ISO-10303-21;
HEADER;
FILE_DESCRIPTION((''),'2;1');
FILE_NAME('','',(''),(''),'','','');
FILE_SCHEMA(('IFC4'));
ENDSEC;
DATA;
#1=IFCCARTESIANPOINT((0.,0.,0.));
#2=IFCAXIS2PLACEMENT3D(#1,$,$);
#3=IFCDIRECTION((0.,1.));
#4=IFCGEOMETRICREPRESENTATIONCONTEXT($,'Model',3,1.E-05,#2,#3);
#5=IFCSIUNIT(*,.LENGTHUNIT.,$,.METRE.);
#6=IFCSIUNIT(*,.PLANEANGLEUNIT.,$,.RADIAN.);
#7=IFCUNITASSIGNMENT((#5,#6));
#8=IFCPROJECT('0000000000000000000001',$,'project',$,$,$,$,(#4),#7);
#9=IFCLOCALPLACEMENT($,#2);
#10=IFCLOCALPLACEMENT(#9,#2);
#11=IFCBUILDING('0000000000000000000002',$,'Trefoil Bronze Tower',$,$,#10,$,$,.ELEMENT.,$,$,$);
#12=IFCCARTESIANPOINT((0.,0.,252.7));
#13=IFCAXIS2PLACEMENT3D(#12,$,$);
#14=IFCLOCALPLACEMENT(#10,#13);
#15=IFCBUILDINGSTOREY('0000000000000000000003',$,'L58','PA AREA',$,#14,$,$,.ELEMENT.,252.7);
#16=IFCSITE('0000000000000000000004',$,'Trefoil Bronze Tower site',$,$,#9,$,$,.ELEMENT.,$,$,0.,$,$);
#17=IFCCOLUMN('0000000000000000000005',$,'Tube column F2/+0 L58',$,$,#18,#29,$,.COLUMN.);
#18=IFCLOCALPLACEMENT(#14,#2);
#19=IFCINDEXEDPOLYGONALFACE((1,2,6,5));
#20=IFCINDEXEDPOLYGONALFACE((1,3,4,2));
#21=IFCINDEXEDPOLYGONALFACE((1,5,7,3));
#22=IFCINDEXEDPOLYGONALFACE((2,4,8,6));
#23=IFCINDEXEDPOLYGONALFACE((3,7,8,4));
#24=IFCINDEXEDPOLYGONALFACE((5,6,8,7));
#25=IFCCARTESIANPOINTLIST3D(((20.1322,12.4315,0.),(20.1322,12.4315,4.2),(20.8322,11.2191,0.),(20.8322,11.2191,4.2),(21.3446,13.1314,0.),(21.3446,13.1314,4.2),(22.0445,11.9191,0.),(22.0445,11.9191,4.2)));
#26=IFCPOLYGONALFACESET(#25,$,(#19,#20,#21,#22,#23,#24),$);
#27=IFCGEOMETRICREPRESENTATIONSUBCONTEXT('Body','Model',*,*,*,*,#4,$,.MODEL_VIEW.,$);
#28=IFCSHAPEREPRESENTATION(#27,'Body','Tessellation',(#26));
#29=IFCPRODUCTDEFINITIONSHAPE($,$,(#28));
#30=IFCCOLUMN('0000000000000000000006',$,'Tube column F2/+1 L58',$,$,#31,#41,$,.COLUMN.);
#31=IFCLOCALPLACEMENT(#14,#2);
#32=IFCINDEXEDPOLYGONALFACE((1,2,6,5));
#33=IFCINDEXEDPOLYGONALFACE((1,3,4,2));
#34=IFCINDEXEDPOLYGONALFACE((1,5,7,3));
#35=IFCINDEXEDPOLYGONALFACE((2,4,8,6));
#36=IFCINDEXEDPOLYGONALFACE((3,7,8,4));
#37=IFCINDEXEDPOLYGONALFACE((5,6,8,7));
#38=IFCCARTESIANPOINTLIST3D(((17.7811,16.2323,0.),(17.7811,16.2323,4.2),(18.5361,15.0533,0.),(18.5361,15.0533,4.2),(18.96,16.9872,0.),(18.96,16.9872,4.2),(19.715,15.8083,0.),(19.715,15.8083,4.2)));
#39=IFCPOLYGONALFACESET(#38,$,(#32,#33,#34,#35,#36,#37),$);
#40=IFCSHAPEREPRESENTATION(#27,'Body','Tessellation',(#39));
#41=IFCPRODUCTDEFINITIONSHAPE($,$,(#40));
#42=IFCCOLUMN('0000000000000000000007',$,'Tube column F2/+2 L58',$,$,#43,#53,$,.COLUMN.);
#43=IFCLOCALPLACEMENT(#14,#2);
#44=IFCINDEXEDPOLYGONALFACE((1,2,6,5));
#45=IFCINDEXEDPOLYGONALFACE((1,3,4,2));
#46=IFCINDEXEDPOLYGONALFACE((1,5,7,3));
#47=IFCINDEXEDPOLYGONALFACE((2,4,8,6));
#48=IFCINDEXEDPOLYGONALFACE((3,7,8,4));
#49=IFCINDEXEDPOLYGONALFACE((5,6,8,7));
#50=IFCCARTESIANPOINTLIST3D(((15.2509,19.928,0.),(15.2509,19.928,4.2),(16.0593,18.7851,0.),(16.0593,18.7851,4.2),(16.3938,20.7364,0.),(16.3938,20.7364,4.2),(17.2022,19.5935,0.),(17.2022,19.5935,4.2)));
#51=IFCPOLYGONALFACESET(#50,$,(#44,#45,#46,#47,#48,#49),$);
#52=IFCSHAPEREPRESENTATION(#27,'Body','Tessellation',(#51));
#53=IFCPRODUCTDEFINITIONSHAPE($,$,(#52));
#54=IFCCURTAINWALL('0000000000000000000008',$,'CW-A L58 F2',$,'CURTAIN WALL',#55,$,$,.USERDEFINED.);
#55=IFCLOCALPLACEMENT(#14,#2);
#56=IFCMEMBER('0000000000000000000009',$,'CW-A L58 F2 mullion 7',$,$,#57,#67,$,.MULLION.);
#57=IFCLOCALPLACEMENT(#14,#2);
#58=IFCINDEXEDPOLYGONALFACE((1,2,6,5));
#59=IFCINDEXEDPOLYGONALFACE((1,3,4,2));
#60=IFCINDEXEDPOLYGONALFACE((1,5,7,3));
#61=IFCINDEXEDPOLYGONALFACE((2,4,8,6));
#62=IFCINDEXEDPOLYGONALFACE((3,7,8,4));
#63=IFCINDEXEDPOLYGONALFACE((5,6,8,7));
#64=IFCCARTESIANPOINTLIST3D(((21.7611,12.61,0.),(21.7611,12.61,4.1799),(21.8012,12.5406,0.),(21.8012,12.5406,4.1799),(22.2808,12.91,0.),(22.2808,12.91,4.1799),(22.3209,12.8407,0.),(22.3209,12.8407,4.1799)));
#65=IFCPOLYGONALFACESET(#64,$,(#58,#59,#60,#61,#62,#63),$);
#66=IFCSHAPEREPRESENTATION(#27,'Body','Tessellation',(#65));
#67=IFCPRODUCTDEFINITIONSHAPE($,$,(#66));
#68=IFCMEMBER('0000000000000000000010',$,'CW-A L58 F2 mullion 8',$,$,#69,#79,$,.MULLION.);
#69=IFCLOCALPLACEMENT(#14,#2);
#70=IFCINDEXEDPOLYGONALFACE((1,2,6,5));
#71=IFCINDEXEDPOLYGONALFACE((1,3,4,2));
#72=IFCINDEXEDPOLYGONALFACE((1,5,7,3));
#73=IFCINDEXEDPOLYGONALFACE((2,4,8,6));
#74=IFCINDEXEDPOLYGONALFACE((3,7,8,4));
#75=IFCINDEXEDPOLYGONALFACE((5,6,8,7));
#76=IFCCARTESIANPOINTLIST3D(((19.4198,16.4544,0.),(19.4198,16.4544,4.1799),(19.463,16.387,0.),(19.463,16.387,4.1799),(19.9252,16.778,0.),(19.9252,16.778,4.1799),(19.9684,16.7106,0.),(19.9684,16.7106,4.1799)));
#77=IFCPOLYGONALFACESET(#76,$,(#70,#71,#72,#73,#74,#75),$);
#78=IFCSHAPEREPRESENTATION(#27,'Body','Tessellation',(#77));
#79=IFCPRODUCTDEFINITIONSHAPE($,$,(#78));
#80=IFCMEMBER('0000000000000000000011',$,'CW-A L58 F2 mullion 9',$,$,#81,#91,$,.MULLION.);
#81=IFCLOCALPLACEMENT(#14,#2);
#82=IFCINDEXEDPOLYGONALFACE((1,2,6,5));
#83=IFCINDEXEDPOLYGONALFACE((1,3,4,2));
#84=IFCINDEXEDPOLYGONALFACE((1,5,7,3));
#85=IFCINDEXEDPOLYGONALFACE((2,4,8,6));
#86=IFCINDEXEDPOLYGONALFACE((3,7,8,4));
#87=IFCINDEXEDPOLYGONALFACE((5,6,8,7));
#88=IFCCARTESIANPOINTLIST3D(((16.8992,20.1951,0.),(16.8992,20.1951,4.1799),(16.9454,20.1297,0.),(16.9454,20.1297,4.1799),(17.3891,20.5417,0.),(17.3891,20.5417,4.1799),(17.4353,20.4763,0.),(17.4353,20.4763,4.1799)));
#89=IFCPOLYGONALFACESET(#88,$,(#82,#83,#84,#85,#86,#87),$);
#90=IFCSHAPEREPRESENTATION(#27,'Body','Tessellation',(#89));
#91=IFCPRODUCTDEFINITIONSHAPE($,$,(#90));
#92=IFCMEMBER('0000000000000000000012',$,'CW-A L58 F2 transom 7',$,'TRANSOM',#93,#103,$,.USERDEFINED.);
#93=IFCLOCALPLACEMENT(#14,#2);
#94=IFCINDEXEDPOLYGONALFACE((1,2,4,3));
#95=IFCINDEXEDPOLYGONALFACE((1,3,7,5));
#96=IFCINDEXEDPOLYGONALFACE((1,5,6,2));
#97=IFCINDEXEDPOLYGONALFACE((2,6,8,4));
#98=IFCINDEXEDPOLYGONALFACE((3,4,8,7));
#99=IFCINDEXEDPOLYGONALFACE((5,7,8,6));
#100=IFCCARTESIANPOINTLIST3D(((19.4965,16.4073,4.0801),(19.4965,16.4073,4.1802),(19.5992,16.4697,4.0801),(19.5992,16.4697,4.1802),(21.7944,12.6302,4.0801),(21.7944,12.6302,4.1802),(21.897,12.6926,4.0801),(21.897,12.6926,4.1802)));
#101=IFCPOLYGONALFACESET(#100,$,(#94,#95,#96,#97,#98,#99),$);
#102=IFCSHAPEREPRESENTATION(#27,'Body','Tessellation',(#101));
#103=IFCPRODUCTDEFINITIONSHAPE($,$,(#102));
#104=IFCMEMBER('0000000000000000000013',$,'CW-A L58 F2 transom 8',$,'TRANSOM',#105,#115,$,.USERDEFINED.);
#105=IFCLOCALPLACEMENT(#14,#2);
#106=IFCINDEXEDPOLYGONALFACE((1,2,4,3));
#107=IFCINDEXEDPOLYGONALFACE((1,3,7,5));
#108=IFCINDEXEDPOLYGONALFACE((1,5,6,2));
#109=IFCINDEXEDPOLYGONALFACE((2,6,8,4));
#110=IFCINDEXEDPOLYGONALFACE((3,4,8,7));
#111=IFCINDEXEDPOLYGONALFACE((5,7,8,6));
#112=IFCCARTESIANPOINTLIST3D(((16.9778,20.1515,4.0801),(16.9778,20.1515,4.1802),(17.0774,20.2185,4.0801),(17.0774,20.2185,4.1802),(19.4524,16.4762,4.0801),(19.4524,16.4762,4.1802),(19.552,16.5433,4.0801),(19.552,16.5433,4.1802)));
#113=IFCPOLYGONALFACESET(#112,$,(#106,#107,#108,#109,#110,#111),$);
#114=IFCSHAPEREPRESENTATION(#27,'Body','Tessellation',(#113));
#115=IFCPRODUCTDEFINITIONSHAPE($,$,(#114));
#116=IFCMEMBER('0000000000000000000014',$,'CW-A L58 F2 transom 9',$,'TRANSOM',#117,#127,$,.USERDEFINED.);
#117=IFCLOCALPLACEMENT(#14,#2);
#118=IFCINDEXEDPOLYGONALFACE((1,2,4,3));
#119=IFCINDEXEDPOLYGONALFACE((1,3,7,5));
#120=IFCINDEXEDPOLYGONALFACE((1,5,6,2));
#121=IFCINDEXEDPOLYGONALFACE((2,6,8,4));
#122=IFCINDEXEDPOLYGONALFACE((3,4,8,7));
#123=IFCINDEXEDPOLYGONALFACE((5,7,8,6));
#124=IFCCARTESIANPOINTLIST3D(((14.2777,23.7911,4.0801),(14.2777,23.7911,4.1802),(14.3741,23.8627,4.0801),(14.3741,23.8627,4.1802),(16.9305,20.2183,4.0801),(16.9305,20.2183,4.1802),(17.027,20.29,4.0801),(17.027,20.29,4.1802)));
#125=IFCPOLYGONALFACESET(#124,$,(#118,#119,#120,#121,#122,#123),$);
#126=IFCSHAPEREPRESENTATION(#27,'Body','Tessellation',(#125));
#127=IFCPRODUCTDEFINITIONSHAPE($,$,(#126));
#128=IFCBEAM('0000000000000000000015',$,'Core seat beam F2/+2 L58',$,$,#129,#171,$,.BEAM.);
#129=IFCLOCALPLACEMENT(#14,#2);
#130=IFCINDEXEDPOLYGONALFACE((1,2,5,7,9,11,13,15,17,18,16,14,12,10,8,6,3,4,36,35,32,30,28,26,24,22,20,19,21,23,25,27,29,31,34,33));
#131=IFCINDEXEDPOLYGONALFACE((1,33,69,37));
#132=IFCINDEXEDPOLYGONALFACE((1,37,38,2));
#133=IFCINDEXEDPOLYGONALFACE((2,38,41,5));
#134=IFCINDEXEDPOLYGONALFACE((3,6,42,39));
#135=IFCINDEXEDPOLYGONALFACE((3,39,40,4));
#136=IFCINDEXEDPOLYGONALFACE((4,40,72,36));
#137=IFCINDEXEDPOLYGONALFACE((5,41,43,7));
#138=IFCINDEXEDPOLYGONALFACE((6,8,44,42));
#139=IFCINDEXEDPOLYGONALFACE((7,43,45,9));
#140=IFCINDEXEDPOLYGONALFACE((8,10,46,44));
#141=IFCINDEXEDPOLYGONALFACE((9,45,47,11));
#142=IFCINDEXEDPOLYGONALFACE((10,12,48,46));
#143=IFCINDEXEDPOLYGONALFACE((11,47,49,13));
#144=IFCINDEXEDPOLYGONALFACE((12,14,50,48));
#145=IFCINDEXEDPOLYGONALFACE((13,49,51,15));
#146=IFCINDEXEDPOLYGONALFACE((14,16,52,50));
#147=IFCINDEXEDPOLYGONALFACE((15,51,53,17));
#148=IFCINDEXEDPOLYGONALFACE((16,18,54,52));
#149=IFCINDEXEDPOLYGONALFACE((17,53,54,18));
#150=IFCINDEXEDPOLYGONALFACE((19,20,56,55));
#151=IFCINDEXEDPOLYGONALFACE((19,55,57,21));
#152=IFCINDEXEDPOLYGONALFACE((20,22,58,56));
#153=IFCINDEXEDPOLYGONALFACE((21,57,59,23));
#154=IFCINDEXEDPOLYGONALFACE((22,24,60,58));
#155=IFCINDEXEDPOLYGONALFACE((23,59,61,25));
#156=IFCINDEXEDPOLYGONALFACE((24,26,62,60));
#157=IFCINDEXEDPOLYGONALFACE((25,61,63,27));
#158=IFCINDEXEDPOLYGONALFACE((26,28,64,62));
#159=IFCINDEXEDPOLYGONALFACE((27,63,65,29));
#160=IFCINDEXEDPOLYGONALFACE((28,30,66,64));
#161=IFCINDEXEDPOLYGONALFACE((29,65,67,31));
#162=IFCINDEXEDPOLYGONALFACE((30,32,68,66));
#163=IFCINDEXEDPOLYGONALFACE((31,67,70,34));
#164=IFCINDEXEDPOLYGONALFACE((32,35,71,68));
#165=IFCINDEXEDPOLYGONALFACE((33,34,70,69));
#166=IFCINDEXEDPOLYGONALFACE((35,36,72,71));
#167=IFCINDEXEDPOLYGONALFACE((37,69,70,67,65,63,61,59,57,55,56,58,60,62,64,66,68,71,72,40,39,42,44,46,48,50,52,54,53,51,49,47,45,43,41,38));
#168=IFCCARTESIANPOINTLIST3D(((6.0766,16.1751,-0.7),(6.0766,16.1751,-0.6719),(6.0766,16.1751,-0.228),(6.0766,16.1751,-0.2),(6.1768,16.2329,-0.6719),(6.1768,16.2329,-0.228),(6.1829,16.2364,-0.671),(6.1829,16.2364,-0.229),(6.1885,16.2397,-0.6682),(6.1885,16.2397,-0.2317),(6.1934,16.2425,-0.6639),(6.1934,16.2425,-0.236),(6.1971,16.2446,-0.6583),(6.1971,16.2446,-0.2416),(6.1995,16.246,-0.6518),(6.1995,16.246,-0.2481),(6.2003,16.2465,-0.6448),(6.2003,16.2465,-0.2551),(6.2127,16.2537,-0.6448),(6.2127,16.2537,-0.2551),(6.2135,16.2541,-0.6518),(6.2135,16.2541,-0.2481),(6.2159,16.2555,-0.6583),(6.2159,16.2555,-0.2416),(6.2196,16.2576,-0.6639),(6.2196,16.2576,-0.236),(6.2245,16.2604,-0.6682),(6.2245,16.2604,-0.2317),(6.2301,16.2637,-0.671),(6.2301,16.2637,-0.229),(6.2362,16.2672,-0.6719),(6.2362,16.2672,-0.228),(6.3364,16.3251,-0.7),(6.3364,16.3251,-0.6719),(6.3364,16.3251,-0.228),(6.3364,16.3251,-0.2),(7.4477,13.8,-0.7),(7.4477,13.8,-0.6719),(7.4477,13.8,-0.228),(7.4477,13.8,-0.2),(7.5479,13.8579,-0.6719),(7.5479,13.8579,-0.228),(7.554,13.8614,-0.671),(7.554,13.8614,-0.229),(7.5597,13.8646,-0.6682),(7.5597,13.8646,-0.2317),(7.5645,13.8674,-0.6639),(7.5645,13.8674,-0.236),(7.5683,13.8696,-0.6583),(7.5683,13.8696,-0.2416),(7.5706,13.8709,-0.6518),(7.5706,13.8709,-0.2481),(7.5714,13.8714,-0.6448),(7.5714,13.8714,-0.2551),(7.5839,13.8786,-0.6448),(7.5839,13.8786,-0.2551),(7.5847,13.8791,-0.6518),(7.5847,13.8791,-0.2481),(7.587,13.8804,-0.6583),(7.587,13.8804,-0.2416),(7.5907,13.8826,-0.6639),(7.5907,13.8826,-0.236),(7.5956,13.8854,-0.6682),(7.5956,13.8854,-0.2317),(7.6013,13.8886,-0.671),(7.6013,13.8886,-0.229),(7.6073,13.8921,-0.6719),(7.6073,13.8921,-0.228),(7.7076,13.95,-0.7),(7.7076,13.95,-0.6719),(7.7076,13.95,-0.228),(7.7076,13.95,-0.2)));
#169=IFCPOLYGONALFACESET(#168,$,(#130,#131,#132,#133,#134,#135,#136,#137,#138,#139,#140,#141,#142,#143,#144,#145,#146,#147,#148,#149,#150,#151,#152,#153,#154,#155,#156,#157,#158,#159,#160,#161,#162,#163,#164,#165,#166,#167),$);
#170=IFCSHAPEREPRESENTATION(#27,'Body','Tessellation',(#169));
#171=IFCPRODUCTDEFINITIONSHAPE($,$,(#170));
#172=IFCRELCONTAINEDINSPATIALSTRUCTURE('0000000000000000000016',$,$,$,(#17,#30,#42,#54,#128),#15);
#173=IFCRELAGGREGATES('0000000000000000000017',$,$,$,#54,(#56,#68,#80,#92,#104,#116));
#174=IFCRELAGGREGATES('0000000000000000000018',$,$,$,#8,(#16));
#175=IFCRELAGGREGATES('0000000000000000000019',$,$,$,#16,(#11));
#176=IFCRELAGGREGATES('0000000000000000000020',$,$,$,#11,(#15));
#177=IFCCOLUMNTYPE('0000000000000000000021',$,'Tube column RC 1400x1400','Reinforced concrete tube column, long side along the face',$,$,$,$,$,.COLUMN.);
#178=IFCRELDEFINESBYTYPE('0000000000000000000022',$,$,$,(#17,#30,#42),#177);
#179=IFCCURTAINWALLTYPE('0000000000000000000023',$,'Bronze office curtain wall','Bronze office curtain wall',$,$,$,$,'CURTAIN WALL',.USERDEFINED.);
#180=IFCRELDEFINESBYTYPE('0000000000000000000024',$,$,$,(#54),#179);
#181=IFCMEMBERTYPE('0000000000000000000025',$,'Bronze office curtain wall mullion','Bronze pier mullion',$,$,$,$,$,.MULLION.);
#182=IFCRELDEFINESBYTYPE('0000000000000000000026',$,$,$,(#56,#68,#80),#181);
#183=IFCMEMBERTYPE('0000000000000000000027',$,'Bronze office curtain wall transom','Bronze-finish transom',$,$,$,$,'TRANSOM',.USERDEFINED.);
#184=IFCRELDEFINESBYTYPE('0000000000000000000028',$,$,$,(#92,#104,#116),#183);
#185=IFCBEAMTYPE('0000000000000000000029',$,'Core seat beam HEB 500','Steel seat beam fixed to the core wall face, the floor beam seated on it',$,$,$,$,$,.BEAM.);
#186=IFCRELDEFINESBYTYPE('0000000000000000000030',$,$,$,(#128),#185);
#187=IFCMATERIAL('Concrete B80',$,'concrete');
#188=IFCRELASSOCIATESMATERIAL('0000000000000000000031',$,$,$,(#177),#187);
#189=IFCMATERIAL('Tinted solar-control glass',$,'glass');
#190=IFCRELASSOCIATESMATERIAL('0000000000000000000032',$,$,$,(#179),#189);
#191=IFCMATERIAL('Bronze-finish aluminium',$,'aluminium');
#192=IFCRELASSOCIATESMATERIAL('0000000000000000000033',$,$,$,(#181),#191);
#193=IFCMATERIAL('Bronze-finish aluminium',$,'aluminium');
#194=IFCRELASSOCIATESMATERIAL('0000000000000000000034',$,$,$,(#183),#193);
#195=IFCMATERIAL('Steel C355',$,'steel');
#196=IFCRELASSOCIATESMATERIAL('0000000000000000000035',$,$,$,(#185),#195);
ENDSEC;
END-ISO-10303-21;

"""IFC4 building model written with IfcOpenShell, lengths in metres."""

from ifc_helpers import new_model, si_unit, direction, frame, origin, origin_2d, place, context, subcontext, project, spatial, rectangle, i_section, extrude, material, material_profile, profile_set, type_object, element, aggregate, save


model = new_model("IFC4")

# Units and contexts
model_context = context("Model", 3, precision=1e-05, world=origin(), true_north=direction((0.0, 1.0)))
body_context = subcontext(model_context, "Body", "Model", "MODEL_VIEW")
ifc_project = project(units=[si_unit("LENGTHUNIT", "METRE"), si_unit("PLANEANGLEUNIT", "RADIAN")], contexts=[model_context])

# Site, building, storey
site_placement = place(None, origin())
site = spatial("IfcSite", under=ifc_project, at=site_placement, Name="Trefoil Bronze Tower site", CompositionType="ELEMENT", RefElevation=0.0)
building_placement = place(site_placement, origin())
building = spatial("IfcBuilding", under=site, at=building_placement, Name="Trefoil Bronze Tower", CompositionType="ELEMENT")
storey_placement = place(building_placement, frame((0.0, 0.0, 252.7)))
storey = spatial("IfcBuildingStorey", under=building, at=storey_placement, Name="L58", Description="PA AREA", CompositionType="ELEMENT", Elevation=252.7)

# Columns
ifc_material_1 = material(Name="Concrete B80", Category="concrete")
ifc_material_profile_1 = material_profile(ifc_material_1, rectangle(XDim=1.3999, YDim=1.3999, at=origin_2d()), Name="RC 1400x1400")
ifc_profile_set_1 = profile_set([ifc_material_profile_1], Name="Concrete B80")
column_type = type_object("IfcColumnType", Name="Tube column RC 1400x1400", Description="Reinforced concrete tube column, long side along the face", PredefinedType="COLUMN", material=ifc_profile_set_1)
for number, where, z_axis, x_axis, name in (
    (1, (21.0884, 12.1753, 0.0), (0.0, 0.0, 1.0), (-0.5, 0.866025, 0.0), "Tube column F2/+0 L58"),
    (2, (18.748, 16.0203, 0.0), (0.0, 0.0, 1.0), (-0.53927, 0.842133, 0.0), "Tube column F2/+1 L58"),
    (3, (16.2266, 19.7607, 0.0), (0.0, 0.0, 1.0), (-0.577481, 0.816404, 0.0), "Tube column F2/+2 L58"),
):
    element("IfcColumn", number, at=place(storey_placement, frame(where, z_axis=z_axis, x_axis=x_axis)), inside=storey, type_object=column_type, Name=name, PredefinedType="COLUMN", context=body_context, shape_type="SweptSolid", body=[
        extrude(rectangle(XDim=1.3999, YDim=1.3999, at=origin_2d()), origin(), (0.0, 0.0, 1.0), 4.2),
    ])

# Curtain wall, members
ifc_material_2 = material(Name="Tinted solar-control glass", Category="glass")
curtain_wall_type = type_object("IfcCurtainWallType", Name="Bronze office curtain wall", Description="Bronze office curtain wall", ElementType="CURTAIN WALL", PredefinedType="USERDEFINED", material=ifc_material_2)
curtain_wall_placement = place(storey_placement, origin())
curtain_wall = element("IfcCurtainWall", 4, at=curtain_wall_placement, inside=storey, type_object=curtain_wall_type, Name="CW-A L58 F2", ObjectType="CURTAIN WALL", PredefinedType="USERDEFINED")
ifc_material_3 = material(Name="Bronze-finish aluminium", Category="aluminium")
ifc_material_profile_2 = material_profile(ifc_material_3, rectangle(XDim=0.6001, YDim=0.0801, at=origin_2d()), Name="CW-A mullion")
ifc_profile_set_2 = profile_set([ifc_material_profile_2], Name="Bronze-finish aluminium")
member_type_1 = type_object("IfcMemberType", Name="Bronze office curtain wall mullion", Description="Bronze pier mullion", PredefinedType="MULLION", material=ifc_profile_set_2)
member_1_placement = place(storey_placement, frame((22.041, 12.7253, 0.0), z_axis=(0.0, 0.0, 1.0), x_axis=(-0.866025, -0.5, 0.0)))
member_1 = element("IfcMember", 5, at=member_1_placement, type_object=member_type_1, Name="CW-A L58 F2 mullion 7", PredefinedType="MULLION", context=body_context, shape_type="SweptSolid", body=[
    extrude(rectangle(XDim=0.6001, YDim=0.0801, at=origin_2d()), origin(), (0.0, 0.0, 1.0), 4.1799),
])
member_2_placement = place(storey_placement, frame((19.6941, 16.5825, 0.0), z_axis=(0.0, 0.0, 1.0), x_axis=(-0.842133, -0.53927, 0.0)))
member_2 = element("IfcMember", 6, at=member_2_placement, type_object=member_type_1, Name="CW-A L58 F2 mullion 8", PredefinedType="MULLION", context=body_context, shape_type="SweptSolid", body=[
    extrude(rectangle(XDim=0.6001, YDim=0.0801, at=origin_2d()), origin(), (0.0, 0.0, 1.0), 4.1799),
])
member_3_placement = place(storey_placement, frame((17.1672, 20.3357, 0.0), z_axis=(0.0, 0.0, 1.0), x_axis=(-0.816404, -0.577481, 0.0)))
member_3 = element("IfcMember", 7, at=member_3_placement, type_object=member_type_1, Name="CW-A L58 F2 mullion 9", PredefinedType="MULLION", context=body_context, shape_type="SweptSolid", body=[
    extrude(rectangle(XDim=0.6001, YDim=0.0801, at=origin_2d()), origin(), (0.0, 0.0, 1.0), 4.1799),
])
ifc_material_4 = material(Name="Bronze-finish aluminium", Category="aluminium")
ifc_material_profile_3 = material_profile(ifc_material_4, rectangle(XDim=0.1201, YDim=0.1001, at=origin_2d()), Name="CW-A transom")
ifc_profile_set_3 = profile_set([ifc_material_profile_3], Name="Bronze-finish aluminium")
member_type_2 = type_object("IfcMemberType", Name="Bronze office curtain wall transom", Description="Bronze-finish transom", ElementType="TRANSOM", PredefinedType="USERDEFINED", material=ifc_profile_set_3)
member_4_placement = place(storey_placement, frame((21.8457, 12.6614, 4.1301), z_axis=(-0.51974, 0.854324, 0.0), x_axis=(-0.854324, -0.51974, 0.0)))
member_4 = element("IfcMember", 8, at=member_4_placement, type_object=member_type_2, Name="CW-A L58 F2 transom 7", ObjectType="TRANSOM", PredefinedType="USERDEFINED", context=body_context, shape_type="SweptSolid", body=[
    extrude(rectangle(XDim=0.1201, YDim=0.1001, at=origin_2d()), origin(), (0.0, 0.0, 1.0), 4.4211),
])
member_5_placement = place(storey_placement, frame((19.5022, 16.5098, 4.1301), z_axis=(-0.558509, 0.829498, 0.0), x_axis=(-0.829498, -0.558509, 0.0)))
member_5 = element("IfcMember", 9, at=member_5_placement, type_object=member_type_2, Name="CW-A L58 F2 transom 8", ObjectType="TRANSOM", PredefinedType="USERDEFINED", context=body_context, shape_type="SweptSolid", body=[
    extrude(rectangle(XDim=0.1201, YDim=0.1001, at=origin_2d()), origin(), (0.0, 0.0, 1.0), 4.4307),
])
member_6_placement = place(storey_placement, frame((16.9788, 20.2542, 4.1301), z_axis=(-0.596148, 0.802874, 0.0), x_axis=(-0.802874, -0.596148, 0.0)))
member_6 = element("IfcMember", 10, at=member_6_placement, type_object=member_type_2, Name="CW-A L58 F2 transom 9", ObjectType="TRANSOM", PredefinedType="USERDEFINED", context=body_context, shape_type="SweptSolid", body=[
    extrude(rectangle(XDim=0.1201, YDim=0.1001, at=origin_2d()), origin(), (0.0, 0.0, 1.0), 4.45),
])

# Beam
ifc_material_5 = material(Name="Steel C355", Category="steel")
ifc_material_profile_4 = material_profile(ifc_material_5, i_section(OverallWidth=0.3, OverallDepth=0.5, WebThickness=0.0144, FlangeThickness=0.0281, FilletRadius=0.0271, at=origin_2d()), Name="HEB 500")
ifc_profile_set_4 = profile_set([ifc_material_profile_4], Name="Steel C355")
beam_type_1 = type_object("IfcBeamType", Name="Core seat beam HEB 500", Description="Steel seat beam fixed to the core wall face, the floor beam seated on it", PredefinedType="BEAM", material=ifc_profile_set_4)
beam_1_placement = place(storey_placement, frame((7.5776, 13.875, -0.45), z_axis=(-0.499969, 0.866043, 0.0), x_axis=(-0.866043, -0.499969, 0.0)))
element("IfcBeam", 11, at=beam_1_placement, inside=storey, type_object=beam_type_1, Name="Core seat beam F2/+2 L58", PredefinedType="BEAM", context=body_context, shape_type="SweptSolid", body=[
    extrude(i_section(OverallWidth=0.3, OverallDepth=0.5, WebThickness=0.0144, FlangeThickness=0.0281, FilletRadius=0.0271, at=origin_2d()), origin(), (0.0, 0.0, 1.0), 2.7424),
])

aggregate(curtain_wall, [member_1, member_2, member_3, member_4, member_5, member_6])

save(model, "model.ifc")
